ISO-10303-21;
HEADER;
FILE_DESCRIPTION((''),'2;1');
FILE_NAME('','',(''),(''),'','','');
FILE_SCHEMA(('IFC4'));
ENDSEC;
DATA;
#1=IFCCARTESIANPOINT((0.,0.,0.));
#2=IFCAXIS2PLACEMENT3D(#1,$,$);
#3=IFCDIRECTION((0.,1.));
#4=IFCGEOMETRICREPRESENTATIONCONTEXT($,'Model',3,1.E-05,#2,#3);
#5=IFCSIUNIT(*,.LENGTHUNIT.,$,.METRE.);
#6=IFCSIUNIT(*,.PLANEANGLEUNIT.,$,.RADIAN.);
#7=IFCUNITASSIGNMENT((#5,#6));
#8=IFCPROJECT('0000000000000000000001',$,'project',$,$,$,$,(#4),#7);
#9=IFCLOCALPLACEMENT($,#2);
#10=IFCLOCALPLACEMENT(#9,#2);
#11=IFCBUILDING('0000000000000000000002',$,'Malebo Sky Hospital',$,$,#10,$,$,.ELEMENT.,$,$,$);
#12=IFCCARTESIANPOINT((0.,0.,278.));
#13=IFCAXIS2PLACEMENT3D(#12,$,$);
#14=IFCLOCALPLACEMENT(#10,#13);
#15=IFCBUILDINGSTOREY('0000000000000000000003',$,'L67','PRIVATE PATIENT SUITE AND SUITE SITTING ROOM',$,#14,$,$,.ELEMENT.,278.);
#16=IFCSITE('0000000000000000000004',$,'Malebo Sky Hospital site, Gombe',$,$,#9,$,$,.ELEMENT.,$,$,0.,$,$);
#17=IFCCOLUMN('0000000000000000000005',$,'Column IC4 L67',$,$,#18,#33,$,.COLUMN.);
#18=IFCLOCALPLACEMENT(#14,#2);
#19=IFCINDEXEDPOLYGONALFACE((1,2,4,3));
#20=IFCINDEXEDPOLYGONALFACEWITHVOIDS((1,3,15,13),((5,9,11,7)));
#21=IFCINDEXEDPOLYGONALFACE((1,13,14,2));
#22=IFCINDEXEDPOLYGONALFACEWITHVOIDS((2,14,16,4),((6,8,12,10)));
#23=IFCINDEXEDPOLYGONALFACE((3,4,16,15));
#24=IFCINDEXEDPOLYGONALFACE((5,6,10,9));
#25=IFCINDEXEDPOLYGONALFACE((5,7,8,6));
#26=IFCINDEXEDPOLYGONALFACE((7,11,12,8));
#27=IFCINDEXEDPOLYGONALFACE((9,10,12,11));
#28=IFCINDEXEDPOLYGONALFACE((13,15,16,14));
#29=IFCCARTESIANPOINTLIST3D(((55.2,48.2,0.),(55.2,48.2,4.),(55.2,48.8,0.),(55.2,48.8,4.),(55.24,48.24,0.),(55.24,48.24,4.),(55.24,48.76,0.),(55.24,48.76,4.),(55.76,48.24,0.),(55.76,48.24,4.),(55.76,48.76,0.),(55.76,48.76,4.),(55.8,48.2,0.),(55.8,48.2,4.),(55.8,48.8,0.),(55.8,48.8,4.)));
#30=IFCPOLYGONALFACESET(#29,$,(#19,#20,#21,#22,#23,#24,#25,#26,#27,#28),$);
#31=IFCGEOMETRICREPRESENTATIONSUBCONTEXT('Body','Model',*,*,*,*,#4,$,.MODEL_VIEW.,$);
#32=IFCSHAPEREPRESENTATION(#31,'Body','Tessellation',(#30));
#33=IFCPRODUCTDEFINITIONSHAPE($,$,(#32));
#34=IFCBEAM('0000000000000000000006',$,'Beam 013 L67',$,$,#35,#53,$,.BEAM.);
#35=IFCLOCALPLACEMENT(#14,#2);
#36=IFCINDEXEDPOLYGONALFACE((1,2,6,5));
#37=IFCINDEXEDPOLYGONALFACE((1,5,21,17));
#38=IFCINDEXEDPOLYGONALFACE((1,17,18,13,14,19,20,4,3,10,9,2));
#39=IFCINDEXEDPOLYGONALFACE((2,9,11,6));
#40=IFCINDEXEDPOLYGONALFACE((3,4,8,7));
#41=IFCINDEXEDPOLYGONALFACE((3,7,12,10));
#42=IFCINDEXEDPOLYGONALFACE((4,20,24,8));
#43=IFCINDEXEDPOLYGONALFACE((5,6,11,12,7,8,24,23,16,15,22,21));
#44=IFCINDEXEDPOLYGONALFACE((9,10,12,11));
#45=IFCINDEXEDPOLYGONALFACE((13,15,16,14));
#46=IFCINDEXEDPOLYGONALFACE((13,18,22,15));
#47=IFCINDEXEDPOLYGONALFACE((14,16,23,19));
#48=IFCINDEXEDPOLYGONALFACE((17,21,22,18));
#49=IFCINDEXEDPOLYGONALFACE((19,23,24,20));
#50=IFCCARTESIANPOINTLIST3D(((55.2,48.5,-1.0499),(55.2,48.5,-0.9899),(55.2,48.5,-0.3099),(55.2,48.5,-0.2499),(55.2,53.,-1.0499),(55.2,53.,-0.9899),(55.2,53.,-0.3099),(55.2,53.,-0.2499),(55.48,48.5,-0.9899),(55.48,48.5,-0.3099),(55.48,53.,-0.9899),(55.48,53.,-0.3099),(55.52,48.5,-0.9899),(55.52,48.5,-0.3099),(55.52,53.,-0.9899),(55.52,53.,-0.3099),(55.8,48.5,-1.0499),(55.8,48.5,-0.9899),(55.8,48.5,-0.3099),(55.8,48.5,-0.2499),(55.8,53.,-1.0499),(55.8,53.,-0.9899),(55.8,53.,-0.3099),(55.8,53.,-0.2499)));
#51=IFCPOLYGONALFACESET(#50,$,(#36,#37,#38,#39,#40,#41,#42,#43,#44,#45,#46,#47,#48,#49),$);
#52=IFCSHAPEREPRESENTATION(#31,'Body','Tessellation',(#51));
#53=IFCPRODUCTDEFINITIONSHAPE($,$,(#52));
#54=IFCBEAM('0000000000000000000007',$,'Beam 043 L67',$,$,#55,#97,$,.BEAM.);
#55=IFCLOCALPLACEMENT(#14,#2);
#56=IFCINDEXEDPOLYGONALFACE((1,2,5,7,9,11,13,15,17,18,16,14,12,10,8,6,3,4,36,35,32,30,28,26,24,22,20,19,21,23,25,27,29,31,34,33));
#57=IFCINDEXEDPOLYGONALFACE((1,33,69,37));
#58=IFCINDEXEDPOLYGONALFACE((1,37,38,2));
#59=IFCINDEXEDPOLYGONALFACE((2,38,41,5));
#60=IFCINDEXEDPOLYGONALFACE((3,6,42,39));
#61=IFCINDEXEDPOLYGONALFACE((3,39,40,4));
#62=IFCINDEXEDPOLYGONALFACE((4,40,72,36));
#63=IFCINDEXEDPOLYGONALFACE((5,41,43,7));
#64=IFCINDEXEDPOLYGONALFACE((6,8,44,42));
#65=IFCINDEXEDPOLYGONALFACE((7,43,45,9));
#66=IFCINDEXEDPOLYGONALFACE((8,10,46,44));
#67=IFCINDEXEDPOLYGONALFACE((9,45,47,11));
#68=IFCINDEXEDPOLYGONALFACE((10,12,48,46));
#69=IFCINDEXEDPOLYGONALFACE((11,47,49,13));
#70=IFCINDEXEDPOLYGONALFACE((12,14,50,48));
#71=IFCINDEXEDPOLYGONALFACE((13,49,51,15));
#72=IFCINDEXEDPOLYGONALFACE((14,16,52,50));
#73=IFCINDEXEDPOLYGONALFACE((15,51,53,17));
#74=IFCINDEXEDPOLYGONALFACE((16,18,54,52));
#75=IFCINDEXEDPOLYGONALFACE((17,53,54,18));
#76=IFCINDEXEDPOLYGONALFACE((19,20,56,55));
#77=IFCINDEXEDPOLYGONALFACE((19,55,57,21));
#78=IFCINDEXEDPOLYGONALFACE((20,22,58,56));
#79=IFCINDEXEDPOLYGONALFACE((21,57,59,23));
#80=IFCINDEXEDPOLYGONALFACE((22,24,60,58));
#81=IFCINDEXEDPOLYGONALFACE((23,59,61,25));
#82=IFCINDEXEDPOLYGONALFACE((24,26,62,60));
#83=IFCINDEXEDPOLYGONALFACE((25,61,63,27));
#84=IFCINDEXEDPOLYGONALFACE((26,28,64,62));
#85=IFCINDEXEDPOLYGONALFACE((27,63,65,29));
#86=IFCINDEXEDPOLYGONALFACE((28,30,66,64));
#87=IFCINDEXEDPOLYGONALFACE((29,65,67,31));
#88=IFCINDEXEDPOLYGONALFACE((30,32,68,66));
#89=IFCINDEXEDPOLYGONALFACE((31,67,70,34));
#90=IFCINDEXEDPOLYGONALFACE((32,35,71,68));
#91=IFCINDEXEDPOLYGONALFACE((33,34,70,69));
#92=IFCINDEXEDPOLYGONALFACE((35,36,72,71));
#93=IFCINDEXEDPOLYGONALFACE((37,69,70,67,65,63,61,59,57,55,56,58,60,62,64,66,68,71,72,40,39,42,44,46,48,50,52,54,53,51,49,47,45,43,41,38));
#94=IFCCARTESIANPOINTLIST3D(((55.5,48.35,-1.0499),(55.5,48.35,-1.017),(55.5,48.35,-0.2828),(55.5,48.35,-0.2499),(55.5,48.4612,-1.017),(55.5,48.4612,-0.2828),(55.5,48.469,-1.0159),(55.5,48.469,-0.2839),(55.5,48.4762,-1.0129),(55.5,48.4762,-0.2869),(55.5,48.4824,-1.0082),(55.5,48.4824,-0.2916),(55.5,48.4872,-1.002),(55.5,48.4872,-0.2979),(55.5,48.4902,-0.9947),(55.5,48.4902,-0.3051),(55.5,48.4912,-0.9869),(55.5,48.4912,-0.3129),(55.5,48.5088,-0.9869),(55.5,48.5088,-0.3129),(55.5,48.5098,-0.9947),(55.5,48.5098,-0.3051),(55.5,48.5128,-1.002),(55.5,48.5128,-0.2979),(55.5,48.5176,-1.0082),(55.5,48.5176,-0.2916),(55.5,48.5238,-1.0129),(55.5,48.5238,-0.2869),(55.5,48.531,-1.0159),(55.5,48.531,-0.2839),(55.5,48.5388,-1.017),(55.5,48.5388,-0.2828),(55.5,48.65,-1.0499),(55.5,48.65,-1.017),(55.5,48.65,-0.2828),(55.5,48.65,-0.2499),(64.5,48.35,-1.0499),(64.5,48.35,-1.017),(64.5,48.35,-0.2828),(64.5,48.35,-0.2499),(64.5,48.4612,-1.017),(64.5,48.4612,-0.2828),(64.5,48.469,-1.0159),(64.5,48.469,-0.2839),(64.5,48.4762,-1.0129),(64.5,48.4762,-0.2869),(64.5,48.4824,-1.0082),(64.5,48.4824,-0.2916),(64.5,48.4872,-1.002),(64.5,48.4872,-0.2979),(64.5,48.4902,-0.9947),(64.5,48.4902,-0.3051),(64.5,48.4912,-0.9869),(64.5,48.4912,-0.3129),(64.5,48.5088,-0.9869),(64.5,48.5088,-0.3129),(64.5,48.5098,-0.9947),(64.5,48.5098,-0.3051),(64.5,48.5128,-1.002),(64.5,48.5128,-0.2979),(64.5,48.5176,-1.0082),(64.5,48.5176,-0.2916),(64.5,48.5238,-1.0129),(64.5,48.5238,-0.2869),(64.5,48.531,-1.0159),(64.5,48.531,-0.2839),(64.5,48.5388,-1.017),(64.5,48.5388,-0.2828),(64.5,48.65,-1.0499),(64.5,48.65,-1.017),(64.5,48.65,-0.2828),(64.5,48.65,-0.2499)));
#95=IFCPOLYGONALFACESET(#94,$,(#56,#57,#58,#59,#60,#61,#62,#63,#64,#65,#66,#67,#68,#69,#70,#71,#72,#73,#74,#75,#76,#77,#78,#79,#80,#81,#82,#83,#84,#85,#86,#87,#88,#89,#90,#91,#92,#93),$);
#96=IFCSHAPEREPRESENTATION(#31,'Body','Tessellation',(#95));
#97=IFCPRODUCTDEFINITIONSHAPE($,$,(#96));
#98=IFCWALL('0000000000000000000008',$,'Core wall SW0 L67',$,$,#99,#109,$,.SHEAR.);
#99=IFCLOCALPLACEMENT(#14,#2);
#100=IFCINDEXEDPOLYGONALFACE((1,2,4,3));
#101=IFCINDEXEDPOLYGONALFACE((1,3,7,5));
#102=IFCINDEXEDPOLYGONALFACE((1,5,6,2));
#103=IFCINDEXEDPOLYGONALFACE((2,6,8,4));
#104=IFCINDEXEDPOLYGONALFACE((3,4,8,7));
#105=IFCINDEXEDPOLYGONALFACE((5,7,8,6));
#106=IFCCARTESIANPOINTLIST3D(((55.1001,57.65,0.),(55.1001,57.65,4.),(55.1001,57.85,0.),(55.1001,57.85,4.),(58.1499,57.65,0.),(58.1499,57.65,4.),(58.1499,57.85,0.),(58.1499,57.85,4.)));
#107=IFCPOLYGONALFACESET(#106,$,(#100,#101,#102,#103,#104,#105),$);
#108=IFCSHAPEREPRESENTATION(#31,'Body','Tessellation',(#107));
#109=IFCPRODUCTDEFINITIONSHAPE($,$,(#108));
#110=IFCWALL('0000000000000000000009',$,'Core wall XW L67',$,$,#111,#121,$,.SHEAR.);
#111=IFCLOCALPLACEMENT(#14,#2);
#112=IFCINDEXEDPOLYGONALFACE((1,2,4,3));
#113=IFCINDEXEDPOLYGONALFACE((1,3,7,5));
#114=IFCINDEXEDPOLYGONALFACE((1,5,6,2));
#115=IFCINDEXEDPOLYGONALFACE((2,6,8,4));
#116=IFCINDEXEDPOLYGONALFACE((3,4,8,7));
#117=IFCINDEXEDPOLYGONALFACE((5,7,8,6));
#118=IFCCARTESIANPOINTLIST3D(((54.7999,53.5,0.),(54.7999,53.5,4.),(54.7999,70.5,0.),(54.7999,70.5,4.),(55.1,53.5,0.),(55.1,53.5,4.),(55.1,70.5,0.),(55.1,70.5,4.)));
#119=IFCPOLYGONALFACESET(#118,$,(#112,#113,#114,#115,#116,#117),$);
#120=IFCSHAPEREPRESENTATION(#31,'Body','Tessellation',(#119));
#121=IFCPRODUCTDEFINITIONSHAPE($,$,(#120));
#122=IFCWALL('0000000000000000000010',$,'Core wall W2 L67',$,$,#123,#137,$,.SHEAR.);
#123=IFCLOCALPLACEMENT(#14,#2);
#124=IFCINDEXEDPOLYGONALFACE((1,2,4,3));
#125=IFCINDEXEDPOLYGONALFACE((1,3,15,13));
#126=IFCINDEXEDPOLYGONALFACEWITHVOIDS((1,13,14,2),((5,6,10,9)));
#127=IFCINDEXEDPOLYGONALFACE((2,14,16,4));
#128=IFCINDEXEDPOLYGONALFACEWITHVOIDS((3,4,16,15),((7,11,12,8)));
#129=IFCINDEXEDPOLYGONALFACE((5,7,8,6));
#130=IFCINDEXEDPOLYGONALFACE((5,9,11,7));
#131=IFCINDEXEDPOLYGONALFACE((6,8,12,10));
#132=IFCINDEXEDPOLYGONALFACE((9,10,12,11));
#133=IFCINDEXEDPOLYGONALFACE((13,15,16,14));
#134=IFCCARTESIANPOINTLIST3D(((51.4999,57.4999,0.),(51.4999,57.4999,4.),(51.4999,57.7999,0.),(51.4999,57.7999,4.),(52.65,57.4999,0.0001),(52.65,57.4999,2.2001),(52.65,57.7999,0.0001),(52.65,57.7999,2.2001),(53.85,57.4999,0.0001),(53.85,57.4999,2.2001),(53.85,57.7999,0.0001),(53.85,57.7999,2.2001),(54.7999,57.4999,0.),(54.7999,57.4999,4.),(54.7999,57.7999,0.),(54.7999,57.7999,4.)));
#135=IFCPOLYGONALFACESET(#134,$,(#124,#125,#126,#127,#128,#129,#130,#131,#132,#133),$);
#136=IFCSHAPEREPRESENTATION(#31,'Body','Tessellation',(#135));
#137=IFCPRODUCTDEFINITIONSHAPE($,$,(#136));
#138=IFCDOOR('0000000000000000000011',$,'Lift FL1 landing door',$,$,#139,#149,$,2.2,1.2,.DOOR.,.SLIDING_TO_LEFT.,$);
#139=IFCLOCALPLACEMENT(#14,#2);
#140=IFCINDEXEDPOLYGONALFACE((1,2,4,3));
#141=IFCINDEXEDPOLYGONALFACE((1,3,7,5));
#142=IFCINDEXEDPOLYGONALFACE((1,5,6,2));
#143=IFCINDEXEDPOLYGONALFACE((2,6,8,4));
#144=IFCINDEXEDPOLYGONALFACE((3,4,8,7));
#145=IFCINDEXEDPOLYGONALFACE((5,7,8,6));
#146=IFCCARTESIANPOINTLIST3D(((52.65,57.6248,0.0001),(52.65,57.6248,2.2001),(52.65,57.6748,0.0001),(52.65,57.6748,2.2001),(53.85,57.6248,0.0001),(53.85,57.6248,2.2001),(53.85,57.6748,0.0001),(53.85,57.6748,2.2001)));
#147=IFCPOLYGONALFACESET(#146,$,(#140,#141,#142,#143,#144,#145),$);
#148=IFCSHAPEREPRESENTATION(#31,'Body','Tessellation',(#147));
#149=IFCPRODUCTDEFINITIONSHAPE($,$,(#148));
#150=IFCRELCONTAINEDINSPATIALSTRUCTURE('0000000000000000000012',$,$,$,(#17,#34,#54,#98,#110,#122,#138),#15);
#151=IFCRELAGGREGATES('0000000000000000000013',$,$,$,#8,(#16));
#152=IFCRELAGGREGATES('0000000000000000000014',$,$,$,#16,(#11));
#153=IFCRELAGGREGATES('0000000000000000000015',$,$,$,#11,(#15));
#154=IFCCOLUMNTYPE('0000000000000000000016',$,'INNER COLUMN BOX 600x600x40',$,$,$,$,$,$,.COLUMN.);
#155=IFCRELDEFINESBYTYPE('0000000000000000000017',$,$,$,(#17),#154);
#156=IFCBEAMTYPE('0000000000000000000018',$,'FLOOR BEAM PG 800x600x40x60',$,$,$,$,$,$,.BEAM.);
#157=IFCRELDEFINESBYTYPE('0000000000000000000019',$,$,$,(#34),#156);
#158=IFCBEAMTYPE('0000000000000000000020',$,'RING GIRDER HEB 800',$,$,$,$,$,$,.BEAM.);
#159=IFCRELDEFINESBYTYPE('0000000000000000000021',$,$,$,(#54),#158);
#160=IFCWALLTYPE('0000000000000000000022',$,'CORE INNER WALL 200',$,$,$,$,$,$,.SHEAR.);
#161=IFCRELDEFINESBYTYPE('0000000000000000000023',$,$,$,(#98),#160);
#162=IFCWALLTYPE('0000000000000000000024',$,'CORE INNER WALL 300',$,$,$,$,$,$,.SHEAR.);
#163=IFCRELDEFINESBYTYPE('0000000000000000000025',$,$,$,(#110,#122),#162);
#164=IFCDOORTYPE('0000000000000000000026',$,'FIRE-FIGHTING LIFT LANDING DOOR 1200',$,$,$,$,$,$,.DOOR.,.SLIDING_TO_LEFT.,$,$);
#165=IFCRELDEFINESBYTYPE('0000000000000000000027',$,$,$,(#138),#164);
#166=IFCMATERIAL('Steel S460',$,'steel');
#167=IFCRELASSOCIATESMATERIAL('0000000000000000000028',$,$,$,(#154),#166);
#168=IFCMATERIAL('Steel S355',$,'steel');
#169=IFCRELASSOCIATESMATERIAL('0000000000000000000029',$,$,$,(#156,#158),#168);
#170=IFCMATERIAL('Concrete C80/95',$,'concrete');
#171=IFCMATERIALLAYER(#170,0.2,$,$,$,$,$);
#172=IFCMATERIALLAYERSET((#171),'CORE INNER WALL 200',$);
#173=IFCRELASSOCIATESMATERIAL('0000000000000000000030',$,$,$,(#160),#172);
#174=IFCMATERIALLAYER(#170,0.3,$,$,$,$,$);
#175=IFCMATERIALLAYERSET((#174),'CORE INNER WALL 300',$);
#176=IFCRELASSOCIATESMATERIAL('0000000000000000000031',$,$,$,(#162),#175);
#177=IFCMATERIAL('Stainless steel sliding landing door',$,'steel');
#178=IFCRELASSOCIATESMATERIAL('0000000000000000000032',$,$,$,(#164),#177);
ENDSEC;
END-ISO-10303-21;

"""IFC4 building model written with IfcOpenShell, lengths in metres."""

from ifc_helpers import new_model, si_unit, direction, frame, frame_2d, origin, origin_2d, place, context, subcontext, project, spatial, rectangle, hollow_rectangle, i_section, extrude, material, layer, layer_set, material_profile, profile_set, type_object, element, fill, save


model = new_model("IFC4")

# Units and contexts
model_context = context("Model", 3, precision=1e-05, world=origin(), true_north=direction((0.0, 1.0)))
body_context = subcontext(model_context, "Body", "Model", "MODEL_VIEW")
ifc_project = project(units=[si_unit("LENGTHUNIT", "METRE"), si_unit("PLANEANGLEUNIT", "RADIAN")], contexts=[model_context])

# Site, building, storey
site_placement = place(None, origin())
site = spatial("IfcSite", under=ifc_project, at=site_placement, Name="Malebo Sky Hospital site, Gombe", CompositionType="ELEMENT", RefElevation=0.0)
building_placement = place(site_placement, origin())
building = spatial("IfcBuilding", under=site, at=building_placement, Name="Malebo Sky Hospital", CompositionType="ELEMENT")
storey_placement = place(building_placement, frame((0.0, 0.0, 278.0)))
storey = spatial("IfcBuildingStorey", under=building, at=storey_placement, Name="L67", Description="PRIVATE PATIENT SUITE AND SUITE SITTING ROOM", CompositionType="ELEMENT", Elevation=278.0)

# Column
ifc_material_1 = material(Name="Steel S460", Category="steel")
ifc_material_profile_1 = material_profile(ifc_material_1, hollow_rectangle(XDim=0.6001, YDim=0.6001, WallThickness=0.04, at=origin_2d()), Name="BOX 600x600x40")
ifc_profile_set_1 = profile_set([ifc_material_profile_1], Name="Steel S460")
column_type = type_object("IfcColumnType", Name="INNER COLUMN BOX 600x600x40", PredefinedType="COLUMN", material=ifc_profile_set_1)
column_placement = place(storey_placement, frame((55.5, 48.5, 0.0), z_axis=(0.0, 0.0, 1.0), x_axis=(1.0, 0.0, 0.0)))
element("IfcColumn", 1, at=column_placement, inside=storey, type_object=column_type, Name="Column IC4 L67", PredefinedType="COLUMN", context=body_context, shape_type="SweptSolid", body=[
    extrude(hollow_rectangle(XDim=0.6001, YDim=0.6001, WallThickness=0.04, at=origin_2d()), origin(), (0.0, 0.0, 1.0), 4.0),
])

# Beams
ifc_material_2 = material(Name="Steel S355", Category="steel")
ifc_material_profile_2 = material_profile(ifc_material_2, i_section(OverallWidth=0.6001, OverallDepth=0.8, WebThickness=0.04, FlangeThickness=0.0601, at=origin_2d()), Name="PG 800x600x40x60")
ifc_profile_set_2 = profile_set([ifc_material_profile_2], Name="Steel S355")
beam_type_1 = type_object("IfcBeamType", Name="FLOOR BEAM PG 800x600x40x60", PredefinedType="BEAM", material=ifc_profile_set_2)
beam_1_placement = place(storey_placement, frame((55.5, 48.5, -0.6499), z_axis=(0.0, 1.0, 0.0), x_axis=(-1.0, 0.0, 0.0)))
element("IfcBeam", 2, at=beam_1_placement, inside=storey, type_object=beam_type_1, Name="Beam 013 L67", PredefinedType="BEAM", context=body_context, shape_type="SweptSolid", body=[
    extrude(i_section(OverallWidth=0.6001, OverallDepth=0.8, WebThickness=0.04, FlangeThickness=0.0601, at=origin_2d()), origin(), (0.0, 0.0, 1.0), 4.5),
])
ifc_material_profile_3 = material_profile(ifc_material_2, i_section(OverallWidth=0.3, OverallDepth=0.8, WebThickness=0.0176, FlangeThickness=0.033, FilletRadius=0.03, at=origin_2d()), Name="HEB 800")
ifc_profile_set_3 = profile_set([ifc_material_profile_3], Name="Steel S355")
beam_type_2 = type_object("IfcBeamType", Name="RING GIRDER HEB 800", PredefinedType="BEAM", material=ifc_profile_set_3)
beam_2_placement = place(storey_placement, frame((55.5, 48.5, -0.6499), z_axis=(1.0, 0.0, 0.0), x_axis=(0.0, 1.0, 0.0)))
element("IfcBeam", 3, at=beam_2_placement, inside=storey, type_object=beam_type_2, Name="Beam 043 L67", PredefinedType="BEAM", context=body_context, shape_type="SweptSolid", body=[
    extrude(i_section(OverallWidth=0.3, OverallDepth=0.8, WebThickness=0.0176, FlangeThickness=0.033, FilletRadius=0.03, at=origin_2d()), origin(), (0.0, 0.0, 1.0), 9.0),
])

# Walls
ifc_material_3 = material(Name="Concrete C80/95", Category="concrete")
ifc_layer_1 = layer(ifc_material_3, 0.2)
ifc_layer_set_1 = layer_set([ifc_layer_1], Name="CORE INNER WALL 200")
wall_type_1 = type_object("IfcWallType", Name="CORE INNER WALL 200", PredefinedType="SHEAR", material=ifc_layer_set_1)
wall_1_placement = place(storey_placement, frame((55.1001, 57.75, 0.0), z_axis=(0.0, 0.0, 1.0), x_axis=(1.0, 0.0, 0.0)))
element("IfcWall", 4, at=wall_1_placement, inside=storey, type_object=wall_type_1, Name="Core wall SW0 L67", PredefinedType="SHEAR", context=body_context, shape_type="SweptSolid", body=[
    extrude(rectangle(XDim=3.0498, YDim=0.2, at=frame_2d((1.5249, 0.0))), origin(), (0.0, 0.0, 1.0), 4.0),
])
ifc_layer_2 = layer(ifc_material_3, 0.3)
ifc_layer_set_2 = layer_set([ifc_layer_2], Name="CORE INNER WALL 300")
wall_type_2 = type_object("IfcWallType", Name="CORE INNER WALL 300", PredefinedType="SHEAR", material=ifc_layer_set_2)
wall_2_placement = place(storey_placement, frame((54.95, 53.5, 0.0), z_axis=(0.0, 0.0, 1.0), x_axis=(0.0, 1.0, 0.0)))
element("IfcWall", 5, at=wall_2_placement, inside=storey, type_object=wall_type_2, Name="Core wall XW L67", PredefinedType="SHEAR", context=body_context, shape_type="SweptSolid", body=[
    extrude(rectangle(XDim=17.0, YDim=0.3, at=frame_2d((8.5, 0.0))), origin(), (0.0, 0.0, 1.0), 4.0),
])

# Wall, opening, door
wall_3_placement = place(storey_placement, frame((51.5, 57.6499, 0.0), z_axis=(0.0, 0.0, 1.0), x_axis=(1.0, 0.0, 0.0)))
wall_3 = element("IfcWall", 6, at=wall_3_placement, inside=storey, type_object=wall_type_2, Name="Core wall W2 L67", PredefinedType="SHEAR", context=body_context, shape_type="SweptSolid", body=[
    extrude(rectangle(XDim=3.3, YDim=0.3, at=frame_2d((1.6499, 0.0))), origin(), (0.0, 0.0, 1.0), 4.0),
])
opening_1_placement = place(wall_3_placement, frame((1.1499, 0.0, 0.0)))
opening_1 = element("IfcOpeningElement", 7, at=opening_1_placement, cuts=wall_3, PredefinedType="OPENING", context=body_context, shape_type="SweptSolid", body=[
    extrude(rectangle(XDim=1.2, YDim=2.2, at=frame_2d((0.6001, 1.1001))), frame((0.0, 0.1599, 0.0), z_axis=(0.0, -1.0, 0.0), x_axis=(1.0, 0.0, 0.0)), (0.0, 0.0, 1.0), 0.3201),
])
ifc_material_4 = material(Name="Stainless steel sliding landing door", Category="steel")
door_type_1 = type_object("IfcDoorType", Name="FIRE-FIGHTING LIFT LANDING DOOR 1200", OperationType="SLIDING_TO_LEFT", PredefinedType="DOOR", material=ifc_material_4)
door_1_placement = place(opening_1_placement, origin())
door_1 = element("IfcDoor", 8, at=door_1_placement, inside=storey, type_object=door_type_1, Name="Lift FL1 landing door", OperationType="SLIDING_TO_LEFT", OverallHeight=2.2, OverallWidth=1.2, PredefinedType="DOOR", context=body_context, shape_type="SweptSolid", body=[
    extrude(rectangle(XDim=1.2, YDim=2.2, at=frame_2d((0.6001, 1.1001))), frame((0.0, 0.0249, 0.0), z_axis=(0.0, -1.0, 0.0), x_axis=(1.0, 0.0, 0.0)), (0.0, 0.0, 1.0), 0.05),
])
fill(opening_1, door_1)

save(model, "model.ifc")
